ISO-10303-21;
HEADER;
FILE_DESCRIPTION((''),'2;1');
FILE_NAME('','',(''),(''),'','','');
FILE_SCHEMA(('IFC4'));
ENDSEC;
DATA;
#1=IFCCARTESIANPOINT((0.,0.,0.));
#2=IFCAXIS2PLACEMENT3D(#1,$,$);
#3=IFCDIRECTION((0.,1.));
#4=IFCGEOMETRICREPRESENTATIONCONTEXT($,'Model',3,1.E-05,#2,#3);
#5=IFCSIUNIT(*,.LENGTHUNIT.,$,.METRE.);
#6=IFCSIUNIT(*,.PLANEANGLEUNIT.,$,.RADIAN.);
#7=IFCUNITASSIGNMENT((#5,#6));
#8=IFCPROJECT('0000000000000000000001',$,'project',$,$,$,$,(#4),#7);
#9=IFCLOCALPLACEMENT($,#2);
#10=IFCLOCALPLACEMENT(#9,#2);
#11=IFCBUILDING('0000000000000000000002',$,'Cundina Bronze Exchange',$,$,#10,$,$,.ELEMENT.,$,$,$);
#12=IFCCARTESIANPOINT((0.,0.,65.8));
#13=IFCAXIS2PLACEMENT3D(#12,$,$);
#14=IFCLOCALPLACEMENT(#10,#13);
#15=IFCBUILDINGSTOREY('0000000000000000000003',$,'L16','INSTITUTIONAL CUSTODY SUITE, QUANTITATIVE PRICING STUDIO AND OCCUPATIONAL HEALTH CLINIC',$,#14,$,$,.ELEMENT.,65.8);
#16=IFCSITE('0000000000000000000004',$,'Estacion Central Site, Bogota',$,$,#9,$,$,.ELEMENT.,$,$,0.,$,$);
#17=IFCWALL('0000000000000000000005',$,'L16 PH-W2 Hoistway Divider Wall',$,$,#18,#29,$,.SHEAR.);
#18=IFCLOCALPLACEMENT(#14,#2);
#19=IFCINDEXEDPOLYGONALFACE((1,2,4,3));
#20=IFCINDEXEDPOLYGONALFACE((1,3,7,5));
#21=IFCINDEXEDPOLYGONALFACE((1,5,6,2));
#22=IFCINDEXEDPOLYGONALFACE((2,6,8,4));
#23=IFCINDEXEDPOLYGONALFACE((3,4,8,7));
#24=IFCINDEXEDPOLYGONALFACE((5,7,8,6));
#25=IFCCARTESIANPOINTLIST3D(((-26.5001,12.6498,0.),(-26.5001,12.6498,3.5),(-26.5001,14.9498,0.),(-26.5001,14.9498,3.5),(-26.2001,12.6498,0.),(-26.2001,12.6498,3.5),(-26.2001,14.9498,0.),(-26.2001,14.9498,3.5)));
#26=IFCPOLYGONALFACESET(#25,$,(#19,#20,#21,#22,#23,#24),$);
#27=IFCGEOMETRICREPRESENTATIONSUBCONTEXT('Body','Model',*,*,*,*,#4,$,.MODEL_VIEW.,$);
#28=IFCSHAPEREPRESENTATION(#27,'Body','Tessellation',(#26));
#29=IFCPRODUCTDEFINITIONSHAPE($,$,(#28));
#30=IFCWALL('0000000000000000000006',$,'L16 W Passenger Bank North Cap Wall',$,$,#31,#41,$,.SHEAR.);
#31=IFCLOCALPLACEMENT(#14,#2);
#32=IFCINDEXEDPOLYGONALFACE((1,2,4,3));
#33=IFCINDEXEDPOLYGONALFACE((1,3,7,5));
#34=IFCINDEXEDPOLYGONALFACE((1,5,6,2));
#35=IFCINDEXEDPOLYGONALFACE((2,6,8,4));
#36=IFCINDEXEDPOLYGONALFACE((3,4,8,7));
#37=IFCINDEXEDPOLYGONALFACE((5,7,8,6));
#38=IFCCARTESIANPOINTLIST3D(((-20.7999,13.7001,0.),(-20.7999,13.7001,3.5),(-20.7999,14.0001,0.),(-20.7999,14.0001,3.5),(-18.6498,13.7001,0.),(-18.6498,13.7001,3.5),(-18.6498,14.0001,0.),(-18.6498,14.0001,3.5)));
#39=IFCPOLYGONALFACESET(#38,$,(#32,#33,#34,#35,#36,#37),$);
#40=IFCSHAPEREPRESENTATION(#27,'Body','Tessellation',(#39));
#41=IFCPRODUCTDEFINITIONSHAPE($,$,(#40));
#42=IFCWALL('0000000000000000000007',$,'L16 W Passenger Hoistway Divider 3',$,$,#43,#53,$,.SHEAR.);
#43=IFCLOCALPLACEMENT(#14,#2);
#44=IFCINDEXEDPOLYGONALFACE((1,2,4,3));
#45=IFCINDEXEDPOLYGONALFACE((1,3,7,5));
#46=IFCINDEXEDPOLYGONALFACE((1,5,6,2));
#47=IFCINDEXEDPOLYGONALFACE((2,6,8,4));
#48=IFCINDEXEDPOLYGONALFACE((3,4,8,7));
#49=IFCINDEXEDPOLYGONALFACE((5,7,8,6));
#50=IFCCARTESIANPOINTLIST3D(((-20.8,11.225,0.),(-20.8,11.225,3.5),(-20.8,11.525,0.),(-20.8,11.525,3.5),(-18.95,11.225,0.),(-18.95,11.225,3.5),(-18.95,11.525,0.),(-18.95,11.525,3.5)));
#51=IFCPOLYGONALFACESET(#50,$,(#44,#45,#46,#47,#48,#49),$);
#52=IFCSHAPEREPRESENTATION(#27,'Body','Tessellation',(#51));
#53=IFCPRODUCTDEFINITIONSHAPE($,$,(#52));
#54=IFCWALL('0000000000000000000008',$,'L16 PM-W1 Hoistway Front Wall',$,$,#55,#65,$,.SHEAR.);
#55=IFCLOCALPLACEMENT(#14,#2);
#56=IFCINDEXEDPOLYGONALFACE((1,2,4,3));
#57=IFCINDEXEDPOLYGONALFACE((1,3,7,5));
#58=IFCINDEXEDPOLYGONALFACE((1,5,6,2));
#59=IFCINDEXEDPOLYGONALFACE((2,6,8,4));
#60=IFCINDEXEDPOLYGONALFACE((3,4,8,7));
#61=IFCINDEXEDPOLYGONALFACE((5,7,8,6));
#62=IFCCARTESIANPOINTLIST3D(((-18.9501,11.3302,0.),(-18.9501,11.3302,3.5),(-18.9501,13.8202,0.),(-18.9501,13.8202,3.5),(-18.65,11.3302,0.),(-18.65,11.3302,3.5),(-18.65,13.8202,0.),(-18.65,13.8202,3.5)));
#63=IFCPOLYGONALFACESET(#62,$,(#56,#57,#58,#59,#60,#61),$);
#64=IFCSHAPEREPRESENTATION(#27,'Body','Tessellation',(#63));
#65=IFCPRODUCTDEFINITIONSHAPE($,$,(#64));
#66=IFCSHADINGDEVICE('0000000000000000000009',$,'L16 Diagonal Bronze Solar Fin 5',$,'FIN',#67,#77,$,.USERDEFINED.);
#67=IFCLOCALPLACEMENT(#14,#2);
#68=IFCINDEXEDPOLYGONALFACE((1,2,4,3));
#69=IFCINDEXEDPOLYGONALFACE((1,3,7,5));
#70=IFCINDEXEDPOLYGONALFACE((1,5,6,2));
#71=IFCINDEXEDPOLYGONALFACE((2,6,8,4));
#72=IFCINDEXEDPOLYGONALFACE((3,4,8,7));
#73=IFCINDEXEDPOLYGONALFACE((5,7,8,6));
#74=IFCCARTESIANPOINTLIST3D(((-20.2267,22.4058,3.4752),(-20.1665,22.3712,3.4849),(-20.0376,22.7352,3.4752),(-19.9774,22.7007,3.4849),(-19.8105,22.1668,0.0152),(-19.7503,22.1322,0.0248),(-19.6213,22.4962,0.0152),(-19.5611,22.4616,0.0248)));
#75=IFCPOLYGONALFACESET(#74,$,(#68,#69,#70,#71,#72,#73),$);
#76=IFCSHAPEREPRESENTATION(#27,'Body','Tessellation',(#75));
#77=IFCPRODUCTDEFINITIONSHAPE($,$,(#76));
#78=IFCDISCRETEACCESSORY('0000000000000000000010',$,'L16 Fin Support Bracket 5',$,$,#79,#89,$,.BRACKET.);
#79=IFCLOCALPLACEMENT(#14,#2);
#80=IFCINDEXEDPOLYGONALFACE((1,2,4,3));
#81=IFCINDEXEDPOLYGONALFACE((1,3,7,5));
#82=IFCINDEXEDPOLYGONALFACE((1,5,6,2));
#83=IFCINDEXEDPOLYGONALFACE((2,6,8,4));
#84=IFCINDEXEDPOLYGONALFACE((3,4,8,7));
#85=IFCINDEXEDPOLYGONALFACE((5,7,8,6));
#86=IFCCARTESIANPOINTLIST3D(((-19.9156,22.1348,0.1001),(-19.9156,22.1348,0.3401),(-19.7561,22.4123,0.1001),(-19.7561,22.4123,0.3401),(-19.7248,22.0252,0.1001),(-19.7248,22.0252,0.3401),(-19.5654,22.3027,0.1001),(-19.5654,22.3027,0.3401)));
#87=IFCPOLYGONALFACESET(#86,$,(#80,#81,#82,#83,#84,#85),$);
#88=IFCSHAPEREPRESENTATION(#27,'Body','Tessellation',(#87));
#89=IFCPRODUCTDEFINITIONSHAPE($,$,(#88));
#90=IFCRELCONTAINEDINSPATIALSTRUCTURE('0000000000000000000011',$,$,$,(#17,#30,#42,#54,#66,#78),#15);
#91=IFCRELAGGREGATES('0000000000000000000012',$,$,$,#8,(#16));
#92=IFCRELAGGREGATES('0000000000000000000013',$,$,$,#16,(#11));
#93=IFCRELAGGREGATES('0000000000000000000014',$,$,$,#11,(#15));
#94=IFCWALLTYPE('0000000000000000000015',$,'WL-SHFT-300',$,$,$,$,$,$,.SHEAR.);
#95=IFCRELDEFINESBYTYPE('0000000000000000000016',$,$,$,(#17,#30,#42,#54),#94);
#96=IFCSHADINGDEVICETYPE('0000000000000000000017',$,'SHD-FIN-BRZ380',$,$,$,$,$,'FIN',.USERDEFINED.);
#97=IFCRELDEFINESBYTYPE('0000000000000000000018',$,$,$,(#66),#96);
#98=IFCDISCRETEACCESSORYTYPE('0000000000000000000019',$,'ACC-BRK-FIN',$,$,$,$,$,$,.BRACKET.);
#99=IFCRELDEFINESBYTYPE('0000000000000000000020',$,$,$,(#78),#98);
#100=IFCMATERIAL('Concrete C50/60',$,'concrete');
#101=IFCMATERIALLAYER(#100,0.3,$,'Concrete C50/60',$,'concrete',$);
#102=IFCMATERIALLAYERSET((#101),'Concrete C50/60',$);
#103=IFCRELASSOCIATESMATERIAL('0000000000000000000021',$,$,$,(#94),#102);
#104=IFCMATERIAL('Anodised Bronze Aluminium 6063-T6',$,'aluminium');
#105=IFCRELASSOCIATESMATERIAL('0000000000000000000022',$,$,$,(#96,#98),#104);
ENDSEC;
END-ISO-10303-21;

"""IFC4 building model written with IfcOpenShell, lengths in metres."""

from ifc_helpers import new_model, si_unit, direction, frame, frame_2d, origin, origin_2d, place, context, subcontext, project, spatial, rectangle, extrude, material, layer, layer_set, material_profile, profile_set, type_object, element, save


model = new_model("IFC4")

# Units and contexts
model_context = context("Model", 3, precision=1e-05, world=origin(), true_north=direction((0.0, 1.0)))
body_context = subcontext(model_context, "Body", "Model", "MODEL_VIEW")
ifc_project = project(units=[si_unit("LENGTHUNIT", "METRE"), si_unit("PLANEANGLEUNIT", "RADIAN")], contexts=[model_context])

# Site, building, storey
site_placement = place(None, origin())
site = spatial("IfcSite", under=ifc_project, at=site_placement, Name="Estacion Central Site, Bogota", CompositionType="ELEMENT", RefElevation=0.0)
building_placement = place(site_placement, origin())
building = spatial("IfcBuilding", under=site, at=building_placement, Name="Cundina Bronze Exchange", CompositionType="ELEMENT")
storey_placement = place(building_placement, frame((0.0, 0.0, 65.8)))
storey = spatial("IfcBuildingStorey", under=building, at=storey_placement, Name="L16", Description="INSTITUTIONAL CUSTODY SUITE, QUANTITATIVE PRICING STUDIO AND OCCUPATIONAL HEALTH CLINIC", CompositionType="ELEMENT", Elevation=65.8)

# Shared definitions
ifc_material_1 = material(Name="Anodised Bronze Aluminium 6063-T6", Category="aluminium")

# Shared definitions
ifc_material_2 = material(Name="Concrete C50/60", Category="concrete")
ifc_layer_1 = layer(ifc_material_2, 0.3, Name="Concrete C50/60", Category="concrete")
ifc_layer_set_1 = layer_set([ifc_layer_1], Name="Concrete C50/60")
wall_type_1 = type_object("IfcWallType", Name="WL-SHFT-300", PredefinedType="SHEAR", material=ifc_layer_set_1)

# Walls
wall_1_placement = place(storey_placement, frame((-26.3501, 12.6499, 0.0), z_axis=(0.0, 0.0, 1.0), x_axis=(0.0, 1.0, 0.0)))
element("IfcWall", 1, at=wall_1_placement, inside=storey, type_object=wall_type_1, Name="L16 PH-W2 Hoistway Divider Wall", PredefinedType="SHEAR", context=body_context, shape_type="SweptSolid", body=[
    extrude(rectangle(XDim=2.3, YDim=0.3, at=frame_2d((1.1499, 0.0))), origin(), (0.0, 0.0, 1.0), 3.5),
])
wall_2_placement = place(storey_placement, frame((-20.8, 13.8501, 0.0), z_axis=(0.0, 0.0, 1.0), x_axis=(1.0, 0.0, 0.0)))
element("IfcWall", 2, at=wall_2_placement, inside=storey, type_object=wall_type_1, Name="L16 W Passenger Bank North Cap Wall", PredefinedType="SHEAR", context=body_context, shape_type="SweptSolid", body=[
    extrude(rectangle(XDim=2.1501, YDim=0.3, at=frame_2d((1.0752, 0.0))), origin(), (0.0, 0.0, 1.0), 3.5),
])
wall_3_placement = place(storey_placement, frame((-20.8, 11.375, 0.0), z_axis=(0.0, 0.0, 1.0), x_axis=(1.0, 0.0, 0.0)))
element("IfcWall", 3, at=wall_3_placement, inside=storey, type_object=wall_type_1, Name="L16 W Passenger Hoistway Divider 3", PredefinedType="SHEAR", context=body_context, shape_type="SweptSolid", body=[
    extrude(rectangle(XDim=1.8501, YDim=0.3, at=frame_2d((0.925, 0.0))), origin(), (0.0, 0.0, 1.0), 3.5),
])
wall_4_placement = place(storey_placement, frame((-18.8, 11.3301, 0.0), z_axis=(0.0, 0.0, 1.0), x_axis=(0.0, 1.0, 0.0)))
element("IfcWall", 4, at=wall_4_placement, inside=storey, type_object=wall_type_1, Name="L16 PM-W1 Hoistway Front Wall", PredefinedType="SHEAR", context=body_context, shape_type="SweptSolid", body=[
    extrude(rectangle(XDim=2.49, YDim=0.3, at=frame_2d((1.2451, 0.0))), origin(), (0.0, 0.0, 1.0), 3.5),
])

# Shading device
ifc_material_profile_1 = material_profile(ifc_material_1, rectangle(XDim=0.0701, YDim=0.3799, at=origin_2d()), Name="FIN70X380", Category="aluminium")
ifc_profile_set_1 = profile_set([ifc_material_profile_1], Name="Anodised Bronze Aluminium 6063-T6")
shading_device_type = type_object("IfcShadingDeviceType", Name="SHD-FIN-BRZ380", ElementType="FIN", PredefinedType="USERDEFINED", material=ifc_profile_set_1)
shading_device_placement = place(storey_placement, frame((-19.6858, 22.3142, 0.02), z_axis=(-0.119166, 0.068425, 0.990514), x_axis=(0.858982, -0.493222, 0.137414)))
element("IfcShadingDevice", 5, at=shading_device_placement, inside=storey, type_object=shading_device_type, Name="L16 Diagonal Bronze Solar Fin 5", ObjectType="FIN", PredefinedType="USERDEFINED", context=body_context, shape_type="SweptSolid", body=[
    extrude(rectangle(XDim=0.0701, YDim=0.3799, at=origin_2d()), origin(), (0.0, 0.0, 1.0), 3.4932),
])

# Discrete accessory
discrete_accessory_type = type_object("IfcDiscreteAccessoryType", Name="ACC-BRK-FIN", PredefinedType="BRACKET", material=ifc_material_1)
discrete_accessory_placement = place(storey_placement, frame((-19.7405, 22.2188, 0.1001), z_axis=(0.0, 0.0, 1.0), x_axis=(-0.867105, 0.498125, 0.0)))
element("IfcDiscreteAccessory", 6, at=discrete_accessory_placement, inside=storey, type_object=discrete_accessory_type, Name="L16 Fin Support Bracket 5", PredefinedType="BRACKET", context=body_context, shape_type="SweptSolid", body=[
    extrude(rectangle(XDim=0.22, YDim=0.3201, at=origin_2d()), origin(), (0.0, 0.0, 1.0), 0.24),
])

save(model, "model.ifc")
